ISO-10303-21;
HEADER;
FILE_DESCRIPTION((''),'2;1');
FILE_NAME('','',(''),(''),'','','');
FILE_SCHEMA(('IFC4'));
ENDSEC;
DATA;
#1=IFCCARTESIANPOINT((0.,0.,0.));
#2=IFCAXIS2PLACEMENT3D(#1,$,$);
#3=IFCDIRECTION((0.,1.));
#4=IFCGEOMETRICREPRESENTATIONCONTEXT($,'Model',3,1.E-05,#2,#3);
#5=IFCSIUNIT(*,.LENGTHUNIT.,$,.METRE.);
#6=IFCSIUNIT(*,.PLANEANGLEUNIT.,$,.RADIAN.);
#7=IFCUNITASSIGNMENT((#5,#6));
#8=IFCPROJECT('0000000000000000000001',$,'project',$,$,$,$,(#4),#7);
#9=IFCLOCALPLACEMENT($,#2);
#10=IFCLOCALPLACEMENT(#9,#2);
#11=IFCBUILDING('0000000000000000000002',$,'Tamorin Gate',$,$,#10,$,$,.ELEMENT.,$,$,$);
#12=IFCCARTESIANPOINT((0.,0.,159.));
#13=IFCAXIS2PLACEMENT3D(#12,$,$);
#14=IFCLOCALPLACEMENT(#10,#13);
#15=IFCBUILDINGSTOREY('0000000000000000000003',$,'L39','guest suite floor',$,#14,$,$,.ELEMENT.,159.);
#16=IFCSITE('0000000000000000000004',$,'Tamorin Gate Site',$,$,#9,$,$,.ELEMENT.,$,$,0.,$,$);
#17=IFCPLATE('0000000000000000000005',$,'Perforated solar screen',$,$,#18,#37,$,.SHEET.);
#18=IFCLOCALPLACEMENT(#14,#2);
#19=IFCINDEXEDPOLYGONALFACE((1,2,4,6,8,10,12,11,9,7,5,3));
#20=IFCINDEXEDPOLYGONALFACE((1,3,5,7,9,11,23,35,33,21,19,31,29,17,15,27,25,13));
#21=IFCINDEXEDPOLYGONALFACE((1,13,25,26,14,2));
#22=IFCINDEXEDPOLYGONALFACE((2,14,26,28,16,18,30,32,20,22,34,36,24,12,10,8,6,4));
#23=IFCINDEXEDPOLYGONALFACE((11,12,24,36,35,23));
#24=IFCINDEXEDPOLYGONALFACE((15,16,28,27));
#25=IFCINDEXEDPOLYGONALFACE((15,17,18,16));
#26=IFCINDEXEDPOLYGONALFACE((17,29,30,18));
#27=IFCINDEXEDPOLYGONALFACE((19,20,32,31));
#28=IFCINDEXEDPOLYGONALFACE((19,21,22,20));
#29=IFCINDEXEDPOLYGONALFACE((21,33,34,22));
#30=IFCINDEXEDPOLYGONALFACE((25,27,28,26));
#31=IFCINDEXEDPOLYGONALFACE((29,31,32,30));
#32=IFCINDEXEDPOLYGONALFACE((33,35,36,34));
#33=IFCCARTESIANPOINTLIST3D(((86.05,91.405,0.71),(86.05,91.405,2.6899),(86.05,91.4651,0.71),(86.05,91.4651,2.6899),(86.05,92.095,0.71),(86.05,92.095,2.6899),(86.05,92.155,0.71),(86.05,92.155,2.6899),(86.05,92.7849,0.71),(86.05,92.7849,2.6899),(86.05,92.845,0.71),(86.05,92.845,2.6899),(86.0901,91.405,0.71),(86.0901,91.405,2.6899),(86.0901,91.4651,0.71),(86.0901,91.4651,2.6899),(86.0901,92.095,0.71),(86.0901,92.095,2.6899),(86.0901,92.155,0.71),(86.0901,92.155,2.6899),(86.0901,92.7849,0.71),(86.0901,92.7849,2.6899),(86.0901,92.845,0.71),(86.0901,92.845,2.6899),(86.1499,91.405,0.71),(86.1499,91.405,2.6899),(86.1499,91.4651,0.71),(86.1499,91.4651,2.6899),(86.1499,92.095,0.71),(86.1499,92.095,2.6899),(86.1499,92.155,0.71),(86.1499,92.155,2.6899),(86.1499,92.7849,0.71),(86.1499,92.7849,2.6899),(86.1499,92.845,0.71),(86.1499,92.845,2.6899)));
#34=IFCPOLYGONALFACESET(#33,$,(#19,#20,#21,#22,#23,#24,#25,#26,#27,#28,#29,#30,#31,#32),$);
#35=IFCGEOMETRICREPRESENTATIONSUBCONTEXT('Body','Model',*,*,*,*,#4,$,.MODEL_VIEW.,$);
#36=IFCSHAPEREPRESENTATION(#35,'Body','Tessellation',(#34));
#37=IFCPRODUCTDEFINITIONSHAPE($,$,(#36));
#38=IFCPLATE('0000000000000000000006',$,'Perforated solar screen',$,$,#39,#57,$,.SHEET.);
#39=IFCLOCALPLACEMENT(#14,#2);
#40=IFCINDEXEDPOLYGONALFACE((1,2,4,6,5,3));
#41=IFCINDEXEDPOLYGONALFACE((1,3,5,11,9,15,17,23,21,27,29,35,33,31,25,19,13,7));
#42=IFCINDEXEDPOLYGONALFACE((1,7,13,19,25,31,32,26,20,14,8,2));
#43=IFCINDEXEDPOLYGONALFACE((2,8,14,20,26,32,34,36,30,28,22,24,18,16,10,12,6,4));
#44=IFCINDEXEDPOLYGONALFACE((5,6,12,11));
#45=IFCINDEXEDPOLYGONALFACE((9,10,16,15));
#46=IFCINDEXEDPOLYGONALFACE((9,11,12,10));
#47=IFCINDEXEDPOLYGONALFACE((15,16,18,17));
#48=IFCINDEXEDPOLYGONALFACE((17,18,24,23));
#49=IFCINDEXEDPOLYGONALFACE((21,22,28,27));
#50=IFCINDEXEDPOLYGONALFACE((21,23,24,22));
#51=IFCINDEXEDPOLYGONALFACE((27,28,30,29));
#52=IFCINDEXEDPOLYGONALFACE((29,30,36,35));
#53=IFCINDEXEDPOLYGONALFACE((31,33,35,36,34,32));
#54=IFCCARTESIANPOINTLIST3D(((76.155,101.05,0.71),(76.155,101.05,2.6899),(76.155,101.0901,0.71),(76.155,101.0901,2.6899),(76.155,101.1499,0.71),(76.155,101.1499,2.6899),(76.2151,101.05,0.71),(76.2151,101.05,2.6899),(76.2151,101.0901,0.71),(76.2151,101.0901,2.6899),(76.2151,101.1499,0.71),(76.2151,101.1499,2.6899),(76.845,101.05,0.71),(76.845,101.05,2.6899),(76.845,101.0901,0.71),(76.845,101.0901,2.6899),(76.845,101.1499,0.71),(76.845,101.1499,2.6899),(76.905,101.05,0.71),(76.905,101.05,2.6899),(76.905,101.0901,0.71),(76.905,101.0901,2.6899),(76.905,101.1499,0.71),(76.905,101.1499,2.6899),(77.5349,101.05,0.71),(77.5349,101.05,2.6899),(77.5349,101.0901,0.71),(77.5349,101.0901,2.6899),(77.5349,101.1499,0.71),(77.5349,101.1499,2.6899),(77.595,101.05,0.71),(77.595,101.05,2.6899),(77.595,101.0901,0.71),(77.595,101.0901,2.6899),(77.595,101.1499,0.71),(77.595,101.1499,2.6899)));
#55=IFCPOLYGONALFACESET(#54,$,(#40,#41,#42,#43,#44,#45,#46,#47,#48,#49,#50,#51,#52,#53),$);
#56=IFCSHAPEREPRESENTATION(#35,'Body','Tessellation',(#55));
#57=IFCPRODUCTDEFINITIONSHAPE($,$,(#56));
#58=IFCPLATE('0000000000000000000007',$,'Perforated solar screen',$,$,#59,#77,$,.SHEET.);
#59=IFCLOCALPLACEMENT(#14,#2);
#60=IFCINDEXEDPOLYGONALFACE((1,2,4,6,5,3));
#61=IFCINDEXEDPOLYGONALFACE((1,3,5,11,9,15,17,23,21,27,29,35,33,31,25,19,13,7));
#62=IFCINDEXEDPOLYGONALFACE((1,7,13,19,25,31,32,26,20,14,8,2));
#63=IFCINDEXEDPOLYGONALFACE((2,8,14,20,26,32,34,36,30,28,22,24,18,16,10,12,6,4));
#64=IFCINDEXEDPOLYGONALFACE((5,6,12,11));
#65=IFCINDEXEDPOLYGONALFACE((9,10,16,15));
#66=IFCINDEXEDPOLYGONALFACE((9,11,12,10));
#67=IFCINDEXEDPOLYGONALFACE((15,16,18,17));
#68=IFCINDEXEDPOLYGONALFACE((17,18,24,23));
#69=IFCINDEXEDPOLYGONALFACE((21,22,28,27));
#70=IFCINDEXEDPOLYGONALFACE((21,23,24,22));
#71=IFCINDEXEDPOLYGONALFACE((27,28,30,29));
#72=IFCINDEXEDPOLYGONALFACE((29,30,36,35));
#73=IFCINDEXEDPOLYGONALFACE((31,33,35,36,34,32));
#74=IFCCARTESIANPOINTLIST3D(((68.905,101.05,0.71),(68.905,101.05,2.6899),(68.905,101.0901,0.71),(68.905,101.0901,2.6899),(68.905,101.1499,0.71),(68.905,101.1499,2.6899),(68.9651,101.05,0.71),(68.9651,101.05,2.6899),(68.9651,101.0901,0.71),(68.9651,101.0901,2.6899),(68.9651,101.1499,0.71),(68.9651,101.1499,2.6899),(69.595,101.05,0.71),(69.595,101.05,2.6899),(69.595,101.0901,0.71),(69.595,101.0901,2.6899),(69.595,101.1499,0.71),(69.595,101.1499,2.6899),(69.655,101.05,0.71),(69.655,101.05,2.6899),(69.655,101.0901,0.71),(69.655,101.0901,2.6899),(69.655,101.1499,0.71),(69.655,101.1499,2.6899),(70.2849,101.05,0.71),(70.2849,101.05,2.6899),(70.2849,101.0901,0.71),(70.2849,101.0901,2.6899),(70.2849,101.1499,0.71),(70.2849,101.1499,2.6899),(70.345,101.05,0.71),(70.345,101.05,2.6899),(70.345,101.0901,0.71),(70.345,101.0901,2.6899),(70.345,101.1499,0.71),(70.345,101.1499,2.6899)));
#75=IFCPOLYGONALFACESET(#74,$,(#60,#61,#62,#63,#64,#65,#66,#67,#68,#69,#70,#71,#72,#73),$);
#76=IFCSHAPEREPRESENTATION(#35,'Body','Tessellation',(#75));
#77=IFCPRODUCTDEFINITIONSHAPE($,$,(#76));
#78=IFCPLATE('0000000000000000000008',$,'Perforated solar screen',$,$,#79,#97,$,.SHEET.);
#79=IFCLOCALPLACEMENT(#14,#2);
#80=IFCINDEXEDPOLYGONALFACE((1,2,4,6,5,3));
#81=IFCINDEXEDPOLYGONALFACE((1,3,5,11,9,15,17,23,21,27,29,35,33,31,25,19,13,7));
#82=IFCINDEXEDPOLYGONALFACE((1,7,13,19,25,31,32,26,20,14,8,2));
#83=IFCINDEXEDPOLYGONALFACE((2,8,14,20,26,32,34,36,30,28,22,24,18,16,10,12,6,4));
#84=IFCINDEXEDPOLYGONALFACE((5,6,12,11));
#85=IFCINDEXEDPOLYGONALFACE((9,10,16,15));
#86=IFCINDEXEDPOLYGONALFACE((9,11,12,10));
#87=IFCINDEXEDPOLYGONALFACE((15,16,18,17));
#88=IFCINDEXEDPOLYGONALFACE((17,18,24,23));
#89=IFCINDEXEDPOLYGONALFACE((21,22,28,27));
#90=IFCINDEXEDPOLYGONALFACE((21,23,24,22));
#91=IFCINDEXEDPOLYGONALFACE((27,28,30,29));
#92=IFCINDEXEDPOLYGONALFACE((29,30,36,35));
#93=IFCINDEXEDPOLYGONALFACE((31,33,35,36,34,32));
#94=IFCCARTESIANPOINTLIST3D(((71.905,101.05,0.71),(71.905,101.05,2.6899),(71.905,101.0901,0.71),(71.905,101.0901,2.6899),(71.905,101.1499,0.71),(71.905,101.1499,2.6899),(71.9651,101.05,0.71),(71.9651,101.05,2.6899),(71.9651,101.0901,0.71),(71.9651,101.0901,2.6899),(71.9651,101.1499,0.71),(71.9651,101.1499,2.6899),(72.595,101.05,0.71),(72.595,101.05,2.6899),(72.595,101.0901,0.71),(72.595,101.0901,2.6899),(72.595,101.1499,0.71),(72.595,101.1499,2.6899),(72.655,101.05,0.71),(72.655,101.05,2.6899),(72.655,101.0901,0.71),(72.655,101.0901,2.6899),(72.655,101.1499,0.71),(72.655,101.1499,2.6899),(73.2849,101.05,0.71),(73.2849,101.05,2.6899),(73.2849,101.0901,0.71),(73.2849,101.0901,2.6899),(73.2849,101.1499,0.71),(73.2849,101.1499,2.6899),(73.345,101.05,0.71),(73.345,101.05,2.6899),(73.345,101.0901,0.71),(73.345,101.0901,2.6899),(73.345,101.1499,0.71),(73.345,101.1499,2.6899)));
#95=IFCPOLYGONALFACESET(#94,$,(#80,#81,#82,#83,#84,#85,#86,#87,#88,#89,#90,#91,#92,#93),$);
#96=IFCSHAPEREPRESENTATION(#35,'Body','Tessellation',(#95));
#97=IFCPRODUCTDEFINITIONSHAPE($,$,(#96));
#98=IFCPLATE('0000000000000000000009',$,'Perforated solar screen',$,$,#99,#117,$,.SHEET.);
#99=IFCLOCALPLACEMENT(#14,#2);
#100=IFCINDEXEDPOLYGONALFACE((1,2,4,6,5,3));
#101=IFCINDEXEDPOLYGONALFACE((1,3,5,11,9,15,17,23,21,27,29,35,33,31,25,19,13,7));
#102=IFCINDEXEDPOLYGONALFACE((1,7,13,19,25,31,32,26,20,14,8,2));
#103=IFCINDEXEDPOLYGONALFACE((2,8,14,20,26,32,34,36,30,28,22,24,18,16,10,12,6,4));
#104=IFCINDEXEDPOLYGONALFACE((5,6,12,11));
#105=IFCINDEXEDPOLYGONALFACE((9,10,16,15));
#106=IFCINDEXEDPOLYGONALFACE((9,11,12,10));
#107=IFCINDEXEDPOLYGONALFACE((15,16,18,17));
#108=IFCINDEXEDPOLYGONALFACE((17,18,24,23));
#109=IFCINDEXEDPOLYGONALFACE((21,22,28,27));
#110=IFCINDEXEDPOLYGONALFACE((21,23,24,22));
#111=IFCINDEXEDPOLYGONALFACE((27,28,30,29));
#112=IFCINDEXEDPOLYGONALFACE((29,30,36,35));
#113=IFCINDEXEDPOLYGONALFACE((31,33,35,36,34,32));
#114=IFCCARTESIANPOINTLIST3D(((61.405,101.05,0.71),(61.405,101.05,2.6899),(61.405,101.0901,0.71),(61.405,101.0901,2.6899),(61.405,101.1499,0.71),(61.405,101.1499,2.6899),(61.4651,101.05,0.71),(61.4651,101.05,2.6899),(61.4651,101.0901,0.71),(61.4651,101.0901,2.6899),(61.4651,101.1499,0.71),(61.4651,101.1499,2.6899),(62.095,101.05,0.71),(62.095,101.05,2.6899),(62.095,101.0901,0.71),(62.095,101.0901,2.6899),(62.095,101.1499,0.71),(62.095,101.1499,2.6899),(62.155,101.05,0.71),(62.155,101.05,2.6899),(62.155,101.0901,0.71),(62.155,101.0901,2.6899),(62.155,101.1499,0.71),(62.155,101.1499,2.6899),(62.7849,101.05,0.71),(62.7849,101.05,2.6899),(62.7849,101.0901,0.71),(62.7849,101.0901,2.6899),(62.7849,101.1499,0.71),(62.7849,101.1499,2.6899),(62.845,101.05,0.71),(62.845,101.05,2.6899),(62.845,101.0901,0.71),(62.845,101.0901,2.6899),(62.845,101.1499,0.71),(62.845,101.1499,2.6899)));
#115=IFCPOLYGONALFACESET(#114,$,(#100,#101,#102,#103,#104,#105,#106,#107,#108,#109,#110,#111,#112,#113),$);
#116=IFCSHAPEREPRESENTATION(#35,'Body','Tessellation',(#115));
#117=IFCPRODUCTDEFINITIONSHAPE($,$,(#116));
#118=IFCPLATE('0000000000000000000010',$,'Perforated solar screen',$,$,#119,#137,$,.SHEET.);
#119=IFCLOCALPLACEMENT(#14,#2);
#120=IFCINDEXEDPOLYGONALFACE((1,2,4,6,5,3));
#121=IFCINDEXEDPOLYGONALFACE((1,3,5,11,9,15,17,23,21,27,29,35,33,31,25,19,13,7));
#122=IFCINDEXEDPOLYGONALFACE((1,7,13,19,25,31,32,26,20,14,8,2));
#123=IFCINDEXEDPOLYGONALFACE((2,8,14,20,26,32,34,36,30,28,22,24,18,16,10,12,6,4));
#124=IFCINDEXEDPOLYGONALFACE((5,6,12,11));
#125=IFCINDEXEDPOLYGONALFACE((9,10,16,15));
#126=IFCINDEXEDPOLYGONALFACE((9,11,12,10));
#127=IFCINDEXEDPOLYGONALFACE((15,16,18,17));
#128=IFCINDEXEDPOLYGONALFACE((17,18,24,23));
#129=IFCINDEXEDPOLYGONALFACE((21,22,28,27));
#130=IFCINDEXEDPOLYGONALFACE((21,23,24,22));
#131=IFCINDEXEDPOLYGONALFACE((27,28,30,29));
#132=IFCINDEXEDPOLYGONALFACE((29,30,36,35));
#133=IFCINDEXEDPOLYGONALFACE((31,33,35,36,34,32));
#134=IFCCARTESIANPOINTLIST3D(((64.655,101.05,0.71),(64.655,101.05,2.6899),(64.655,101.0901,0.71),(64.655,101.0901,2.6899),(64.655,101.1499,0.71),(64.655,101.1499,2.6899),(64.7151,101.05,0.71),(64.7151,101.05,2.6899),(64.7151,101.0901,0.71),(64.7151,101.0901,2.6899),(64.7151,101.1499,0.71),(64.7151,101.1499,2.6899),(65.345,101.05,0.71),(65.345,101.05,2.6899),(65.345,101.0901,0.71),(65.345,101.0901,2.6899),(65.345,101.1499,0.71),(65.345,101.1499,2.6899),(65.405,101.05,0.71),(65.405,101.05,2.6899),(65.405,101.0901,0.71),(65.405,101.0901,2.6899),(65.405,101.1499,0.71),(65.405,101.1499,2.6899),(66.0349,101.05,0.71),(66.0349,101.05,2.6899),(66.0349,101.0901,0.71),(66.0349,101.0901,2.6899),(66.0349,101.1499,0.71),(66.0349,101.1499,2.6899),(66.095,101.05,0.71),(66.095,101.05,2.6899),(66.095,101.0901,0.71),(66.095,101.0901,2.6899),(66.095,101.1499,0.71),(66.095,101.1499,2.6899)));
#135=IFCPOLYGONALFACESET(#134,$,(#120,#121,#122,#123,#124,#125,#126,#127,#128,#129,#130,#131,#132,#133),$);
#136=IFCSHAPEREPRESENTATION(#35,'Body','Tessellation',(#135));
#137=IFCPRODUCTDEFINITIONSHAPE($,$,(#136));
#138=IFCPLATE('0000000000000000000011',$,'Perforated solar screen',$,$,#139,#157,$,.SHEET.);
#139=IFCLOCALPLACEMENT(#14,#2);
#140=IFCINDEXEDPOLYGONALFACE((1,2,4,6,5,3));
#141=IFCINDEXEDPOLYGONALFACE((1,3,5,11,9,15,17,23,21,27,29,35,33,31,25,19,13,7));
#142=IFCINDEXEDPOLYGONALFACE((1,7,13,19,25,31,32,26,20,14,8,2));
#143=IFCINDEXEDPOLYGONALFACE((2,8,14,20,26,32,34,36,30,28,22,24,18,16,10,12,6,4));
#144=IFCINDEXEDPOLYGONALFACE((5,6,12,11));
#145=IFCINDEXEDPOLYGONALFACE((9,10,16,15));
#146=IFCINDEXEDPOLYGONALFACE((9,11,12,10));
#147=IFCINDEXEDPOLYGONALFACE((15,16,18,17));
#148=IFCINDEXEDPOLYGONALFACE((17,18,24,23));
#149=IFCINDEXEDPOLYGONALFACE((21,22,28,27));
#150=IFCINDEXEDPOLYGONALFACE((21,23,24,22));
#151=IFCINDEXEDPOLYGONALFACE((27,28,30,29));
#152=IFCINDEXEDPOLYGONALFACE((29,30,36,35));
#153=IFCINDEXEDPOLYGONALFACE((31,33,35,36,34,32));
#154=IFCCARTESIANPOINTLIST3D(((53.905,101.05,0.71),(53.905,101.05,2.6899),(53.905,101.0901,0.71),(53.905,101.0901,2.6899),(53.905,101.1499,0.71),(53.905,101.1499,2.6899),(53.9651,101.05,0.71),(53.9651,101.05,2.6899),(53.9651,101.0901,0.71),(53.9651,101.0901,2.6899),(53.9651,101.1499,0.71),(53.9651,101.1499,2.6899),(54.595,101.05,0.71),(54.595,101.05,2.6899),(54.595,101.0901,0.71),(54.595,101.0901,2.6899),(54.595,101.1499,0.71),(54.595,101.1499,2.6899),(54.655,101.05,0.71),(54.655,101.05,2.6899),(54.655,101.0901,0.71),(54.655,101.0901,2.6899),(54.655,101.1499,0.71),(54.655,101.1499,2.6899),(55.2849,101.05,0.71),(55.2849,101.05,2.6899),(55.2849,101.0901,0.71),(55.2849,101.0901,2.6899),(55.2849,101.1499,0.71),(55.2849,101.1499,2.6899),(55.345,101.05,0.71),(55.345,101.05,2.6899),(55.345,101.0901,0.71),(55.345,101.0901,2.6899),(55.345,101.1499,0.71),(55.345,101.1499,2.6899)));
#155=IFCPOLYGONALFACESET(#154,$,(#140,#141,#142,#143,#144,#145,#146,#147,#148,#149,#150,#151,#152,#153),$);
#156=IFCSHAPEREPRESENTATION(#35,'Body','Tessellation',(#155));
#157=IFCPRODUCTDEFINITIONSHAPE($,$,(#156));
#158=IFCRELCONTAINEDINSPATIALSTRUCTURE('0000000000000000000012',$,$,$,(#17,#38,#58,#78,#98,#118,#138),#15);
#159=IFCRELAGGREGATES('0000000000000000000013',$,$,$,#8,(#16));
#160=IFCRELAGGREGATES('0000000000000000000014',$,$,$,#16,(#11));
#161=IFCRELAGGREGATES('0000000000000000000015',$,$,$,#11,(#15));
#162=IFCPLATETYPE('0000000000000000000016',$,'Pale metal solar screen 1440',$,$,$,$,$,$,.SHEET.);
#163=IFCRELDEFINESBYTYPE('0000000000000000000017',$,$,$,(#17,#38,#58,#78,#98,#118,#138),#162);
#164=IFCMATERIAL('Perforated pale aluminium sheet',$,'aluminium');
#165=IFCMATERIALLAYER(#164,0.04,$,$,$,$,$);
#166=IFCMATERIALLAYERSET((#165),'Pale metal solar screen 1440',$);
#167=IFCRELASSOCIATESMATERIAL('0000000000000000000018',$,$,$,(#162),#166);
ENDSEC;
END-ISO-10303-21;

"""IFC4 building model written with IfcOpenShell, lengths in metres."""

from ifc_helpers import new_model, si_unit, direction, frame, origin, place, context, subcontext, project, spatial, polyline, outline, extrude, material, layer, layer_set, type_object, element, save


model = new_model("IFC4")

# Units and contexts
model_context = context("Model", 3, precision=1e-05, world=origin(), true_north=direction((0.0, 1.0)))
body_context = subcontext(model_context, "Body", "Model", "MODEL_VIEW")
ifc_project = project(units=[si_unit("LENGTHUNIT", "METRE"), si_unit("PLANEANGLEUNIT", "RADIAN")], contexts=[model_context])

# Site, building, storey
site_placement = place(None, origin())
site = spatial("IfcSite", under=ifc_project, at=site_placement, Name="Tamorin Gate Site", CompositionType="ELEMENT", RefElevation=0.0)
building_placement = place(site_placement, origin())
building = spatial("IfcBuilding", under=site, at=building_placement, Name="Tamorin Gate", CompositionType="ELEMENT")
storey_placement = place(building_placement, frame((0.0, 0.0, 159.0)))
storey = spatial("IfcBuildingStorey", under=building, at=storey_placement, Name="L39", Description="guest suite floor", CompositionType="ELEMENT", Elevation=159.0)

# Plates
ifc_material_1 = material(Name="Perforated pale aluminium sheet", Category="aluminium")
ifc_layer_1 = layer(ifc_material_1, 0.04)
ifc_layer_set_1 = layer_set([ifc_layer_1], Name="Pale metal solar screen 1440")
plate_type_1 = type_object("IfcPlateType", Name="Pale metal solar screen 1440", PredefinedType="SHEET", material=ifc_layer_set_1)
plate_1_placement = place(storey_placement, frame((0.0, 0.0, 0.71)))
element("IfcPlate", 1, at=plate_1_placement, inside=storey, type_object=plate_type_1, Name="Perforated solar screen", PredefinedType="SHEET", context=body_context, shape_type="SweptSolid", body=[
    extrude(outline(polyline([(86.0901, 91.405), (86.05, 91.405), (86.05, 91.4651), (86.05, 92.095), (86.05, 92.155), (86.05, 92.7849), (86.05, 92.845), (86.0901, 92.845), (86.1499, 92.845), (86.1499, 92.7849), (86.0901, 92.7849), (86.0901, 92.155), (86.1499, 92.155), (86.1499, 92.095), (86.0901, 92.095), (86.0901, 91.4651), (86.1499, 91.4651), (86.1499, 91.405), (86.0901, 91.405)])), origin(), (0.0, 0.0, 1.0), 1.98),
])
plate_2_placement = place(storey_placement, frame((0.0, 0.0, 0.71)))
element("IfcPlate", 2, at=plate_2_placement, inside=storey, type_object=plate_type_1, Name="Perforated solar screen", PredefinedType="SHEET", context=body_context, shape_type="SweptSolid", body=[
    extrude(outline(polyline([(77.595, 101.0901), (77.595, 101.05), (77.5349, 101.05), (76.905, 101.05), (76.845, 101.05), (76.2151, 101.05), (76.155, 101.05), (76.155, 101.05), (76.155, 101.0901), (76.155, 101.0901), (76.155, 101.1499), (76.2151, 101.1499), (76.2151, 101.0901), (76.845, 101.0901), (76.845, 101.1499), (76.905, 101.1499), (76.905, 101.0901), (77.5349, 101.0901), (77.5349, 101.1499), (77.595, 101.1499), (77.595, 101.0901)])), origin(), (0.0, 0.0, 1.0), 1.98),
])
plate_3_placement = place(storey_placement, frame((0.0, 0.0, 0.71)))
element("IfcPlate", 3, at=plate_3_placement, inside=storey, type_object=plate_type_1, Name="Perforated solar screen", PredefinedType="SHEET", context=body_context, shape_type="SweptSolid", body=[
    extrude(outline(polyline([(70.345, 101.0901), (70.345, 101.05), (70.2849, 101.05), (69.655, 101.05), (69.595, 101.05), (68.9651, 101.05), (68.905, 101.05), (68.905, 101.0901), (68.905, 101.1499), (68.9651, 101.1499), (68.9651, 101.0901), (69.595, 101.0901), (69.595, 101.1499), (69.655, 101.1499), (69.655, 101.0901), (70.2849, 101.0901), (70.2849, 101.1499), (70.345, 101.1499), (70.345, 101.0901)])), origin(), (0.0, 0.0, 1.0), 1.98),
])
plate_4_placement = place(storey_placement, frame((0.0, 0.0, 0.71)))
element("IfcPlate", 4, at=plate_4_placement, inside=storey, type_object=plate_type_1, Name="Perforated solar screen", PredefinedType="SHEET", context=body_context, shape_type="SweptSolid", body=[
    extrude(outline(polyline([(73.345, 101.0901), (73.345, 101.05), (73.2849, 101.05), (72.655, 101.05), (72.595, 101.05), (71.9651, 101.05), (71.905, 101.05), (71.905, 101.0901), (71.905, 101.1499), (71.9651, 101.1499), (71.9651, 101.0901), (72.595, 101.0901), (72.595, 101.1499), (72.655, 101.1499), (72.655, 101.0901), (73.2849, 101.0901), (73.2849, 101.1499), (73.345, 101.1499), (73.345, 101.0901)])), origin(), (0.0, 0.0, 1.0), 1.98),
])
plate_5_placement = place(storey_placement, frame((0.0, 0.0, 0.71)))
element("IfcPlate", 5, at=plate_5_placement, inside=storey, type_object=plate_type_1, Name="Perforated solar screen", PredefinedType="SHEET", context=body_context, shape_type="SweptSolid", body=[
    extrude(outline(polyline([(62.845, 101.0901), (62.845, 101.05), (62.7849, 101.05), (62.155, 101.05), (62.095, 101.05), (61.4651, 101.05), (61.405, 101.05), (61.405, 101.0901), (61.405, 101.1499), (61.4651, 101.1499), (61.4651, 101.0901), (62.095, 101.0901), (62.095, 101.1499), (62.155, 101.1499), (62.155, 101.0901), (62.7849, 101.0901), (62.7849, 101.1499), (62.845, 101.1499), (62.845, 101.0901)])), origin(), (0.0, 0.0, 1.0), 1.98),
])
plate_6_placement = place(storey_placement, frame((0.0, 0.0, 0.71)))
element("IfcPlate", 6, at=plate_6_placement, inside=storey, type_object=plate_type_1, Name="Perforated solar screen", PredefinedType="SHEET", context=body_context, shape_type="SweptSolid", body=[
    extrude(outline(polyline([(66.095, 101.0901), (66.095, 101.05), (66.0349, 101.05), (65.405, 101.05), (65.345, 101.05), (64.7151, 101.05), (64.655, 101.05), (64.655, 101.0901), (64.655, 101.1499), (64.7151, 101.1499), (64.7151, 101.0901), (65.345, 101.0901), (65.345, 101.1499), (65.405, 101.1499), (65.405, 101.0901), (66.0349, 101.0901), (66.0349, 101.1499), (66.095, 101.1499), (66.095, 101.0901)])), origin(), (0.0, 0.0, 1.0), 1.98),
])
plate_7_placement = place(storey_placement, frame((0.0, 0.0, 0.71)))
element("IfcPlate", 7, at=plate_7_placement, inside=storey, type_object=plate_type_1, Name="Perforated solar screen", PredefinedType="SHEET", context=body_context, shape_type="SweptSolid", body=[
    extrude(outline(polyline([(55.345, 101.0901), (55.345, 101.05), (55.2849, 101.05), (54.655, 101.05), (54.595, 101.05), (53.9651, 101.05), (53.905, 101.05), (53.905, 101.0901), (53.905, 101.1499), (53.9651, 101.1499), (53.9651, 101.0901), (54.595, 101.0901), (54.595, 101.1499), (54.655, 101.1499), (54.655, 101.0901), (55.2849, 101.0901), (55.2849, 101.1499), (55.345, 101.1499), (55.345, 101.0901)])), origin(), (0.0, 0.0, 1.0), 1.98),
])

save(model, "model.ifc")
